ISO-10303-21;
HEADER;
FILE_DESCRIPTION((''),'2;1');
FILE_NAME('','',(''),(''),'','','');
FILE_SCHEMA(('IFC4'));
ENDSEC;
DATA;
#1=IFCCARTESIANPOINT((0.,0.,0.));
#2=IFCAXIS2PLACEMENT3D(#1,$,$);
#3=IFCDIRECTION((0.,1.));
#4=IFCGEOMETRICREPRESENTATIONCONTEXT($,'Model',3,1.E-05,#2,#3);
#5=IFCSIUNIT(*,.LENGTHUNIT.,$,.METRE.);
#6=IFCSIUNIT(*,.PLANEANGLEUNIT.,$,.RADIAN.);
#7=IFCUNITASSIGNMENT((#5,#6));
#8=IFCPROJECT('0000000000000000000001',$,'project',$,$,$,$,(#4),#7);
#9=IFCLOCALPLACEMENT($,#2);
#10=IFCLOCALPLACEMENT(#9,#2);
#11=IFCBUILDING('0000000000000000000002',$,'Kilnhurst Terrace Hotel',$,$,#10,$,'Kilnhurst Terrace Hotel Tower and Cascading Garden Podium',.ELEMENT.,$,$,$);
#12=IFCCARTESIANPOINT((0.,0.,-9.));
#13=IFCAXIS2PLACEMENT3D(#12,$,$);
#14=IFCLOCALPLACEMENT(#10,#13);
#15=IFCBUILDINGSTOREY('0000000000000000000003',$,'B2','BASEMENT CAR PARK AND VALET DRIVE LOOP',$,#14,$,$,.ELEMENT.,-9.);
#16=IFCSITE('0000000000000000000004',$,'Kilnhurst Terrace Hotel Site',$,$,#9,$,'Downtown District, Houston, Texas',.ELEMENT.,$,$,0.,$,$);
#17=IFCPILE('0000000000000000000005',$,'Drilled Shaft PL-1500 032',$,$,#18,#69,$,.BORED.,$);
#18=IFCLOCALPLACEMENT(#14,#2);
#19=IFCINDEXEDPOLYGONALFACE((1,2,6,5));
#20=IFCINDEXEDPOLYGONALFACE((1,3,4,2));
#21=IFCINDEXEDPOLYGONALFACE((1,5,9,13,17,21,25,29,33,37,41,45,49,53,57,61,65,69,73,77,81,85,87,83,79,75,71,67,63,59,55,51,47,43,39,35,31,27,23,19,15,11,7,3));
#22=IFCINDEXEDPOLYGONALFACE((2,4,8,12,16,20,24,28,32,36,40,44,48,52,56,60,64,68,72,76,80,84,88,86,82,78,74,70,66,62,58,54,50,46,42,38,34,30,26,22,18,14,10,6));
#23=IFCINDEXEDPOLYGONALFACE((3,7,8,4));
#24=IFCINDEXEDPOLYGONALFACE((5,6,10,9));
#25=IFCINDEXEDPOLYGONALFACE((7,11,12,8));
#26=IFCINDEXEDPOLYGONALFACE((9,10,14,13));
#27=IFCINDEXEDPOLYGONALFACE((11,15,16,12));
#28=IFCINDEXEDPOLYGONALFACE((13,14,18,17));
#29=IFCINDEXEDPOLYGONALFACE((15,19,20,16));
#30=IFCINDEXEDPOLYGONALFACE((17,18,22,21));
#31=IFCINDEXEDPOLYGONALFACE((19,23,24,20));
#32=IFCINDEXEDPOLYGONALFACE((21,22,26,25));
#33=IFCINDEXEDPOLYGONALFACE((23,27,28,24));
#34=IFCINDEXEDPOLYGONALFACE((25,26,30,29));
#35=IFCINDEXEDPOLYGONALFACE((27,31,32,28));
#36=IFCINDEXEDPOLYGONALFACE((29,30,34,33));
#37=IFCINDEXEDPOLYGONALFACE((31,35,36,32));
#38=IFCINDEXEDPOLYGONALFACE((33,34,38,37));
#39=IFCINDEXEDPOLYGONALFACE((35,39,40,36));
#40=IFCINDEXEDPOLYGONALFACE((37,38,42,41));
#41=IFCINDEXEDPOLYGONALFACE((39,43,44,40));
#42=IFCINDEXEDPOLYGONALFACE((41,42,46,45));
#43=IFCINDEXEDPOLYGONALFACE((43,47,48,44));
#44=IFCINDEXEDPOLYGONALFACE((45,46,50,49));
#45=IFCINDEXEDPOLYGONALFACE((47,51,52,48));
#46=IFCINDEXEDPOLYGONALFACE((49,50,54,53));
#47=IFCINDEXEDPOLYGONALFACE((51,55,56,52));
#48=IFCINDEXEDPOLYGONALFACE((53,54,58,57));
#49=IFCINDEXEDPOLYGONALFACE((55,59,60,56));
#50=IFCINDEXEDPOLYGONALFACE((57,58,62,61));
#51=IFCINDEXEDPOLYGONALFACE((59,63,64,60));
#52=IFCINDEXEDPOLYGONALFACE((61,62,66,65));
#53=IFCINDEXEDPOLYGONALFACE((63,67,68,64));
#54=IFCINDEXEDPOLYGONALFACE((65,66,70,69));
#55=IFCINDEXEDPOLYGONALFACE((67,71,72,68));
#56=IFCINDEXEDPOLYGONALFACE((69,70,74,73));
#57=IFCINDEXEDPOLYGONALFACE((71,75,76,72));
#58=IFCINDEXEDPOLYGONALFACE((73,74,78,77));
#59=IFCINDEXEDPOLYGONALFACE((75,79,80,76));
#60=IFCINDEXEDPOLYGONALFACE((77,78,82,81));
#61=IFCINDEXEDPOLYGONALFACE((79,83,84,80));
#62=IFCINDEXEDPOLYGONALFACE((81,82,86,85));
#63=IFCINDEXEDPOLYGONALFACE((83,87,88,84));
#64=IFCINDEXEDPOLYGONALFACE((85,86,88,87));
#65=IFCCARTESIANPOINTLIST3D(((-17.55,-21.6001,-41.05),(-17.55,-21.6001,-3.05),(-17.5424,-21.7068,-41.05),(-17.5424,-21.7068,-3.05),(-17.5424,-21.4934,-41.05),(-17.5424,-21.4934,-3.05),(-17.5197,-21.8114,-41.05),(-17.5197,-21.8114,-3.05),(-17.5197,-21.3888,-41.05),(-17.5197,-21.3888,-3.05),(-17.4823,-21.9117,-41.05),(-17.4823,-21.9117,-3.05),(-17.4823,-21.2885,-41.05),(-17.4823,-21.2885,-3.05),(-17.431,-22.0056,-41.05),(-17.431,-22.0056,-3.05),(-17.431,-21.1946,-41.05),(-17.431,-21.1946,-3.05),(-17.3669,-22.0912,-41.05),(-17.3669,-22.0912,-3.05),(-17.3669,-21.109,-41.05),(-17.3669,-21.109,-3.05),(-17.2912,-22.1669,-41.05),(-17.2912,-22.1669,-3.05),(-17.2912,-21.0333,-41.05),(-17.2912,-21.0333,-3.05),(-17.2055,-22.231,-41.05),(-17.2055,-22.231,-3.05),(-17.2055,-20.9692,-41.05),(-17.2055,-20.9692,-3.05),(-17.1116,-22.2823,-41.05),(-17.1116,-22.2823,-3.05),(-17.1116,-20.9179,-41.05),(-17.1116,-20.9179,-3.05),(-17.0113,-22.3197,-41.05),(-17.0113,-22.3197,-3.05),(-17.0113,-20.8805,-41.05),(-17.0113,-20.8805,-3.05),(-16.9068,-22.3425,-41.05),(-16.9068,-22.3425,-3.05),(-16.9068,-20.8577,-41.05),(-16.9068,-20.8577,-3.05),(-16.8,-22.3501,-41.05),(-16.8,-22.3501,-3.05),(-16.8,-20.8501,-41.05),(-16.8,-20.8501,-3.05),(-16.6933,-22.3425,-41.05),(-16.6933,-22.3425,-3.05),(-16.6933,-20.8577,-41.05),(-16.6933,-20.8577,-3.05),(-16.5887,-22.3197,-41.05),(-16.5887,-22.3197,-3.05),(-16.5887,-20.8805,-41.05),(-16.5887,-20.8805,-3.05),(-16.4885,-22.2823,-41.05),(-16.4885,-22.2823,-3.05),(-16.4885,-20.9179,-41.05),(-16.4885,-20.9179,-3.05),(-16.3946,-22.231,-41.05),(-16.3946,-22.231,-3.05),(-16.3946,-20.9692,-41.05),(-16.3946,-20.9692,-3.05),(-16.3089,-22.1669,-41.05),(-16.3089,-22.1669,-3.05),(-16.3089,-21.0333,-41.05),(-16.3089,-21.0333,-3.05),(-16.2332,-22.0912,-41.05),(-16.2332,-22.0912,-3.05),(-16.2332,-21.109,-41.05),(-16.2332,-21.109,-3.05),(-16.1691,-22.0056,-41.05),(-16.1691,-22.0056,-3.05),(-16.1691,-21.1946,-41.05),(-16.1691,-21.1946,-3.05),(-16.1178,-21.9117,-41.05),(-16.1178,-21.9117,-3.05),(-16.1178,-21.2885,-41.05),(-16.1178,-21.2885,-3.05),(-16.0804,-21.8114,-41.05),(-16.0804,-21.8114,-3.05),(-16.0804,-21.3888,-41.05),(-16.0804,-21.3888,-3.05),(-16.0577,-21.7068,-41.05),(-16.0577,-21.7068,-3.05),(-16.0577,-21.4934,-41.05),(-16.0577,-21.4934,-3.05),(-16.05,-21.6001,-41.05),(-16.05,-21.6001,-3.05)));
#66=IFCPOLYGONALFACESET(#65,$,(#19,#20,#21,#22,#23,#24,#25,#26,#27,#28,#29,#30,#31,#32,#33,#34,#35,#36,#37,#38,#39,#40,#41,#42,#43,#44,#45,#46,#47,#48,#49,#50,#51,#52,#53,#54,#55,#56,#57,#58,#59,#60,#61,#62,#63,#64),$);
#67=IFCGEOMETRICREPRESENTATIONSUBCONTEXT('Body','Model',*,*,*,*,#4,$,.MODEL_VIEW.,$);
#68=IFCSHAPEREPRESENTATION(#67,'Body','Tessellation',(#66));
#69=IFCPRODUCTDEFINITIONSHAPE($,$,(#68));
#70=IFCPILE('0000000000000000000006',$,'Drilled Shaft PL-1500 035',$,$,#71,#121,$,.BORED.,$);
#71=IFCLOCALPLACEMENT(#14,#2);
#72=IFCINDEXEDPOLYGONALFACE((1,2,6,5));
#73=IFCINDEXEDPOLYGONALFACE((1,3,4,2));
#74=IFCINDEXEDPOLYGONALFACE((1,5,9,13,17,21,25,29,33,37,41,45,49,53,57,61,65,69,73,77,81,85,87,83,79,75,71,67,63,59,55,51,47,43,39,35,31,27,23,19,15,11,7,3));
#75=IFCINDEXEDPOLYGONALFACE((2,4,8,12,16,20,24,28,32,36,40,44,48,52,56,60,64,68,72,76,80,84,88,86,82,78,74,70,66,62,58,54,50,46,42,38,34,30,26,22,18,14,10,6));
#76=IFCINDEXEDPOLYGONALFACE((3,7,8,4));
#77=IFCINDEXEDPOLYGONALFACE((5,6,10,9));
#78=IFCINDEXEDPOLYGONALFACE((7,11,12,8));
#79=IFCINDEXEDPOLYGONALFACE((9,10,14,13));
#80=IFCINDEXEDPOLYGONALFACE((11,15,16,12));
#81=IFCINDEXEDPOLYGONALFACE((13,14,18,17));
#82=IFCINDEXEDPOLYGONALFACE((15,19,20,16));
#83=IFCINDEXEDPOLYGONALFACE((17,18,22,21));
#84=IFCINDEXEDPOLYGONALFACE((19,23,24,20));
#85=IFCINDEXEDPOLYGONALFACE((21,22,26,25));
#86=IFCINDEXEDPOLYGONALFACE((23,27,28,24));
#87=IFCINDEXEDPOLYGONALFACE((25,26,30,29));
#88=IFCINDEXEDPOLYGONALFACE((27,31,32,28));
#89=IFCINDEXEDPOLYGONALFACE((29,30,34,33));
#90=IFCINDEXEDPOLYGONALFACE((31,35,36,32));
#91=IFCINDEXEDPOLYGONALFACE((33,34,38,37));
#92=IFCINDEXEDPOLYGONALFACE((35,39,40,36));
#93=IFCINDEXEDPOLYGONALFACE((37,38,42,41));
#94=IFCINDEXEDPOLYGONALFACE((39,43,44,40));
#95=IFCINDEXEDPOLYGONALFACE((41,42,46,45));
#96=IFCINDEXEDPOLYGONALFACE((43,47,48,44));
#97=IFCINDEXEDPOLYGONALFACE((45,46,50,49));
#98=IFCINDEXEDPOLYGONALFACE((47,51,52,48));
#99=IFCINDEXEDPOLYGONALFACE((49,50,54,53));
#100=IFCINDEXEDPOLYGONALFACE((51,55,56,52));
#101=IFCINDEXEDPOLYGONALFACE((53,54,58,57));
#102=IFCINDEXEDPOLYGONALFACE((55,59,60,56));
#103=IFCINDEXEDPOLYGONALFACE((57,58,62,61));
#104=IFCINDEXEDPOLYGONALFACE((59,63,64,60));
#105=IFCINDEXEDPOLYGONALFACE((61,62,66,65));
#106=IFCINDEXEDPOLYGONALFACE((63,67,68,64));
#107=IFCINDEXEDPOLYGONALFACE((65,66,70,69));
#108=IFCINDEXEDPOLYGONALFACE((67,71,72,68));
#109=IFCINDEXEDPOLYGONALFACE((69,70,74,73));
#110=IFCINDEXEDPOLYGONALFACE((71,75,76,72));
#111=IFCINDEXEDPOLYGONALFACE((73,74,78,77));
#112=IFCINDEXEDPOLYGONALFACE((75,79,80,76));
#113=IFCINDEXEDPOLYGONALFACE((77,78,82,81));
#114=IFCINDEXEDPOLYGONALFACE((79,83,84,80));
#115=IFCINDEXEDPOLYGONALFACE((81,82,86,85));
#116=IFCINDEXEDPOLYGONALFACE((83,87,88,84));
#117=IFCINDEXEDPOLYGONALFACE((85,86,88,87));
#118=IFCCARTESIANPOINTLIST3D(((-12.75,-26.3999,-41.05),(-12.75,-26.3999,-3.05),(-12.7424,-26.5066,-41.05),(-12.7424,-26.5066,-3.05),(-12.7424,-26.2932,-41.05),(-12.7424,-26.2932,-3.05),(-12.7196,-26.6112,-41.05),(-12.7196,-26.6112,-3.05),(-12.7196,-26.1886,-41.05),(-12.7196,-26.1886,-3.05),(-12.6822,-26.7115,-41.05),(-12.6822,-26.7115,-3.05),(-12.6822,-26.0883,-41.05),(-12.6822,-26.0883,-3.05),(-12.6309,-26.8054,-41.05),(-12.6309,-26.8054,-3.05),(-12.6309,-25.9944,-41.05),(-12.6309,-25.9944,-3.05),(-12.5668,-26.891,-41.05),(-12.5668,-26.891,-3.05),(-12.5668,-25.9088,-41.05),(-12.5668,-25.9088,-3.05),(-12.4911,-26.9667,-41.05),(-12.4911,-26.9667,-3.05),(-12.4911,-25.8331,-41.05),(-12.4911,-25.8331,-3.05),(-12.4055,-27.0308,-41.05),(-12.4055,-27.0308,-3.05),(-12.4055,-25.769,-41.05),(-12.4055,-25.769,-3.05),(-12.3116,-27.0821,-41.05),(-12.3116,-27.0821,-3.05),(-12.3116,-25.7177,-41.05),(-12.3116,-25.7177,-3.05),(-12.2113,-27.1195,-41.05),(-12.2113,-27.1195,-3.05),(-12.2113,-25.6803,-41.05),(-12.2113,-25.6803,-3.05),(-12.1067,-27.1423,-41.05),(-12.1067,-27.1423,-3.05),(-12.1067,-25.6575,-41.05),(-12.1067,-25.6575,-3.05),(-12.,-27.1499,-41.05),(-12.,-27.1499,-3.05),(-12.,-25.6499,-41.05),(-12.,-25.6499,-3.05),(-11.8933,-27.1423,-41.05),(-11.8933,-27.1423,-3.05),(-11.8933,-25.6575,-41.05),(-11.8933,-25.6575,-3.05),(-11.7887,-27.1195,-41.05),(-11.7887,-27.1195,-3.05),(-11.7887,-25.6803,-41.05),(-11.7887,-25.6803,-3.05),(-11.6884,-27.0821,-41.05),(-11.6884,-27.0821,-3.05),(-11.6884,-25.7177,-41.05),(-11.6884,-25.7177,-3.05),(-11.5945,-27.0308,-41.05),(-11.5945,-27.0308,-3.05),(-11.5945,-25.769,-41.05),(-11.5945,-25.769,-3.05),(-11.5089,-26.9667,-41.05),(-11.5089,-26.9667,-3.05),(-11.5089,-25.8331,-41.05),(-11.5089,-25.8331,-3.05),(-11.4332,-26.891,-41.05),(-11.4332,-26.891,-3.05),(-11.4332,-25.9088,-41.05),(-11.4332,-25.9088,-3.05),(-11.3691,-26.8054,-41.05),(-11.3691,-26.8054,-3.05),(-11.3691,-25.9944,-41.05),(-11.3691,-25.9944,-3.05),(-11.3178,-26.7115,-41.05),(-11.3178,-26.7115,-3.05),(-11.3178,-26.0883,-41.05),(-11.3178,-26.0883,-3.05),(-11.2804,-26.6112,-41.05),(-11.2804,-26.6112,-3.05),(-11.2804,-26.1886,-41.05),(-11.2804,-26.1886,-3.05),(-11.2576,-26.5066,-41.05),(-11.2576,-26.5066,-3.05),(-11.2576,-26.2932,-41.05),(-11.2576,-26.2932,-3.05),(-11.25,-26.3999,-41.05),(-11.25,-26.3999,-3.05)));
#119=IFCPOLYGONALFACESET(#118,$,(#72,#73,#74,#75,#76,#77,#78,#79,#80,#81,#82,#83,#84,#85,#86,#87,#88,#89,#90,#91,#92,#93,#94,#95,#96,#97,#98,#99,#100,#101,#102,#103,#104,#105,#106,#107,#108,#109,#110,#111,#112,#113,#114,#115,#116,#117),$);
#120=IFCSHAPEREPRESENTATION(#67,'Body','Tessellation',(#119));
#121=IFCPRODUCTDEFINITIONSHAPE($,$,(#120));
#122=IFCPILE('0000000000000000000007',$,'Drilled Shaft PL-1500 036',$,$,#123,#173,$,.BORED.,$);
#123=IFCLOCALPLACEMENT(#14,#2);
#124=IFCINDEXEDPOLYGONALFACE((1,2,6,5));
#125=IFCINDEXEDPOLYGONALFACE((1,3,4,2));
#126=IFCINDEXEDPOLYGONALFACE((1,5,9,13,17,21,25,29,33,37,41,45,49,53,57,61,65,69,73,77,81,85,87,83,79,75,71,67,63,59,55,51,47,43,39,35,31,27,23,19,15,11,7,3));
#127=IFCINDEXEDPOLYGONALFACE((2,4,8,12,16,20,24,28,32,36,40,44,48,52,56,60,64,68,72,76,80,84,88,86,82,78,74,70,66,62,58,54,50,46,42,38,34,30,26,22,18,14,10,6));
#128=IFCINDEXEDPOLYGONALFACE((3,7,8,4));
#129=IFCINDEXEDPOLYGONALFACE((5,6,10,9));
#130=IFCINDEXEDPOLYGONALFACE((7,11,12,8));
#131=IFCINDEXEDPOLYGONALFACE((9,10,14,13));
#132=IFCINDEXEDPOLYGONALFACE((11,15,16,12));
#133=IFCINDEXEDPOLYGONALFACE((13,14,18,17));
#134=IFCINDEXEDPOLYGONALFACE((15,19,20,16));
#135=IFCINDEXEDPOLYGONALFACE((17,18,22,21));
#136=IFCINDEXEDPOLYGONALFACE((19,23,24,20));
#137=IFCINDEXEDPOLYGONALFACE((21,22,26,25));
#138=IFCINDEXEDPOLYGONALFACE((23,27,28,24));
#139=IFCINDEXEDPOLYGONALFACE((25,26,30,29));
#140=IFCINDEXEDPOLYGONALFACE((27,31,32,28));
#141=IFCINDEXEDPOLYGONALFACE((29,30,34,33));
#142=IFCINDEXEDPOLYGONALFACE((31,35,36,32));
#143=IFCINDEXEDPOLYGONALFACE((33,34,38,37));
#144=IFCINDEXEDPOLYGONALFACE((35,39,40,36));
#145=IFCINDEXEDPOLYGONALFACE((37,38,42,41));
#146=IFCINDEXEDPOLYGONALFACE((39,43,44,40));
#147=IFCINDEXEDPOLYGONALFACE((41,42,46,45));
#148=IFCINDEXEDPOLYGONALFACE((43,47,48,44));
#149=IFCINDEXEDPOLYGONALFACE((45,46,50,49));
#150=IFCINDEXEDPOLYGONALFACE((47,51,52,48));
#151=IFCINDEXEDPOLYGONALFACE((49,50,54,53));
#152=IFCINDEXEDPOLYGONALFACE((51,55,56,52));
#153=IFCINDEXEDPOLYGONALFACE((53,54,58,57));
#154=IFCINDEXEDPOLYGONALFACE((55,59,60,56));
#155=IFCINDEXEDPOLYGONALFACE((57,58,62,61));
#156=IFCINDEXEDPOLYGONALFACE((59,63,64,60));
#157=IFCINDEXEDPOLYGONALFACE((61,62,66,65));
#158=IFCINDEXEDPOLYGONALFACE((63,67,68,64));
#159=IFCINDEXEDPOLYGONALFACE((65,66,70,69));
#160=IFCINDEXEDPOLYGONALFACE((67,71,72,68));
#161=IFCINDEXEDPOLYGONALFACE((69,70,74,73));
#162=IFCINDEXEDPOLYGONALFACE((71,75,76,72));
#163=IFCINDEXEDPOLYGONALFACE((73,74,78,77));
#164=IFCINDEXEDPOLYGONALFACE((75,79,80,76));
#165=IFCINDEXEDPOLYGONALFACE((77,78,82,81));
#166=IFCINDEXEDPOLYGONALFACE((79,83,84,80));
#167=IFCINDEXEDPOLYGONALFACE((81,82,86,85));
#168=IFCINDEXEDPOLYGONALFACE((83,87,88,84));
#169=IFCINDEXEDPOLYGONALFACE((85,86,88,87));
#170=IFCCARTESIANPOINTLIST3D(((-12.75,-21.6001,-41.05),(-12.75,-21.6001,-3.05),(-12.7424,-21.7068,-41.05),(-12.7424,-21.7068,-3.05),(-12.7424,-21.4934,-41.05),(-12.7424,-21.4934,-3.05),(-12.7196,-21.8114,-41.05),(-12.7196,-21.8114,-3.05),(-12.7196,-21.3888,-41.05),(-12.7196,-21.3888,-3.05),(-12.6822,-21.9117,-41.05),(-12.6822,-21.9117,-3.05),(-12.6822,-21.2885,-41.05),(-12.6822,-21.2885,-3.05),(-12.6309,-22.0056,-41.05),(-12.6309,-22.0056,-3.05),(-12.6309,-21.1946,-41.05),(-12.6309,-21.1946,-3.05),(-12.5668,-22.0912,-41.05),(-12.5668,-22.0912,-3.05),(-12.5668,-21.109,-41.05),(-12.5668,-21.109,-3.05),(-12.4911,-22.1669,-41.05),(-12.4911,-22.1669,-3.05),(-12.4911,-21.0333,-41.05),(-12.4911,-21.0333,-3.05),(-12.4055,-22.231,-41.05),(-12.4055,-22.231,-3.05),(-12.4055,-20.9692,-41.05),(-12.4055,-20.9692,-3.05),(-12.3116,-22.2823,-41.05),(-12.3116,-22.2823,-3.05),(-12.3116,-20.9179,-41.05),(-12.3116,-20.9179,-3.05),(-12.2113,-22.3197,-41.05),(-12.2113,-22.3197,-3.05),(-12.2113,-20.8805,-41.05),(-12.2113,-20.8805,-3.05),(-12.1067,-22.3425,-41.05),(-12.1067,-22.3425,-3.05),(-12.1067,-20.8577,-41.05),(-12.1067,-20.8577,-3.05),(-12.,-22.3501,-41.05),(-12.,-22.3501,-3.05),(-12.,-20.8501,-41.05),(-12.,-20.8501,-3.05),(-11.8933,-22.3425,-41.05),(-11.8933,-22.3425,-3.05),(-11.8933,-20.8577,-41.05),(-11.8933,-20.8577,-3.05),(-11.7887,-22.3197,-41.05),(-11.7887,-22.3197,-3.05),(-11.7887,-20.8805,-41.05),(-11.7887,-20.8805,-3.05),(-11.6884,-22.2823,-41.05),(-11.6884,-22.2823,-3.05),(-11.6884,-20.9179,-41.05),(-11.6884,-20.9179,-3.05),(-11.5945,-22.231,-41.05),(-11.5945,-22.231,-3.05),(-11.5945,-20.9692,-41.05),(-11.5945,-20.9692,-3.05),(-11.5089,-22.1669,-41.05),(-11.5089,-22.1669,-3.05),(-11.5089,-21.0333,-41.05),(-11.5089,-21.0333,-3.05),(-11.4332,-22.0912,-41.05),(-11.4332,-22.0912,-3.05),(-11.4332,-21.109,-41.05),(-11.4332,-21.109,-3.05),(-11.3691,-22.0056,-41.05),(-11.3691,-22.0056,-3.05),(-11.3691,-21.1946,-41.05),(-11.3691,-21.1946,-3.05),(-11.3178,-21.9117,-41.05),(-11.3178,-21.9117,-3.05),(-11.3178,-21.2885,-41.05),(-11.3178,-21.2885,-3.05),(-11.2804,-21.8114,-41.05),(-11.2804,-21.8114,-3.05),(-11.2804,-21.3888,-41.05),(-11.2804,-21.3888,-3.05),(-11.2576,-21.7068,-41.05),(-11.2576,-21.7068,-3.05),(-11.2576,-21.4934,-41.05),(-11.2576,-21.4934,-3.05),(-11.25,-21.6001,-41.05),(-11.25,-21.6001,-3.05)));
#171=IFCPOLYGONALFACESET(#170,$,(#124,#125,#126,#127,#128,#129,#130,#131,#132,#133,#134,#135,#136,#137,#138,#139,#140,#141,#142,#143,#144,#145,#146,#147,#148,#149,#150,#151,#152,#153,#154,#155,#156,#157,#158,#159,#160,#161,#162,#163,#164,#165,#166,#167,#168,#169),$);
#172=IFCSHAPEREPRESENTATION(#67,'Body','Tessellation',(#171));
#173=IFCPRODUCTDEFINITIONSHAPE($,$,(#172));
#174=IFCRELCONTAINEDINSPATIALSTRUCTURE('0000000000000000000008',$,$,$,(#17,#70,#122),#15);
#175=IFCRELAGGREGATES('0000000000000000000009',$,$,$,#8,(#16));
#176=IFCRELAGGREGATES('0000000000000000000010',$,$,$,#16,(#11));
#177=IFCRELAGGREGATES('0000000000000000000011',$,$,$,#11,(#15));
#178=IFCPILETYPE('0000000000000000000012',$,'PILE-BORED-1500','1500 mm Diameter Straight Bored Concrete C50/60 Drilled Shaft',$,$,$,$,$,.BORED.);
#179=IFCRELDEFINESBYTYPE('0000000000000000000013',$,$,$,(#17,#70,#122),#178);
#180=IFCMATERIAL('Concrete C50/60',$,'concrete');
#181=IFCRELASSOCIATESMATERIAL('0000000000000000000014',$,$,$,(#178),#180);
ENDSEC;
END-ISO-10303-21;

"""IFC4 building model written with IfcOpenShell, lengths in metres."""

from ifc_helpers import new_model, si_unit, direction, frame, origin, origin_2d, place, context, subcontext, project, spatial, circle, extrude, material, material_profile, profile_set, type_object, element, save


model = new_model("IFC4")

# Units and contexts
model_context = context("Model", 3, precision=1e-05, world=origin(), true_north=direction((0.0, 1.0)))
body_context = subcontext(model_context, "Body", "Model", "MODEL_VIEW")
ifc_project = project(units=[si_unit("LENGTHUNIT", "METRE"), si_unit("PLANEANGLEUNIT", "RADIAN")], contexts=[model_context])

# Site, building, storey
site_placement = place(None, origin())
site = spatial("IfcSite", under=ifc_project, at=site_placement, Name="Kilnhurst Terrace Hotel Site", LongName="Downtown District, Houston, Texas", CompositionType="ELEMENT", RefElevation=0.0)
building_placement = place(site_placement, origin())
building = spatial("IfcBuilding", under=site, at=building_placement, Name="Kilnhurst Terrace Hotel", LongName="Kilnhurst Terrace Hotel Tower and Cascading Garden Podium", CompositionType="ELEMENT")
storey_placement = place(building_placement, frame((0.0, 0.0, -9.0)))
storey = spatial("IfcBuildingStorey", under=building, at=storey_placement, Name="B2", Description="BASEMENT CAR PARK AND VALET DRIVE LOOP", CompositionType="ELEMENT", Elevation=-9.0)

# Piles
ifc_material_1 = material(Name="Concrete C50/60", Category="concrete")
ifc_material_profile_1 = material_profile(ifc_material_1, circle(Radius=0.75, at=origin_2d()), Name="PILE1500")
ifc_profile_set_1 = profile_set([ifc_material_profile_1], Name="Concrete C50/60")
pile_type_1 = type_object("IfcPileType", Name="PILE-BORED-1500", Description="1500 mm Diameter Straight Bored Concrete C50/60 Drilled Shaft", PredefinedType="BORED", material=ifc_profile_set_1)
for number, where, z_axis, x_axis, name in (
    (1, (-16.8, -21.6001, -3.05), (0.0, 0.0, -1.0), (1.0, 0.0, 0.0), "Drilled Shaft PL-1500 032"),
    (2, (-12.0, -26.3999, -3.05), (0.0, 0.0, -1.0), (1.0, 0.0, 0.0), "Drilled Shaft PL-1500 035"),
    (3, (-12.0, -21.6001, -3.05), (0.0, 0.0, -1.0), (1.0, 0.0, 0.0), "Drilled Shaft PL-1500 036"),
):
    element("IfcPile", number, at=place(storey_placement, frame(where, z_axis=z_axis, x_axis=x_axis)), inside=storey, type_object=pile_type_1, Name=name, PredefinedType="BORED", context=body_context, shape_type="SweptSolid", body=[
        extrude(circle(Radius=0.75, at=origin_2d()), origin(), (0.0, 0.0, 1.0), 38.0),
    ])

save(model, "model.ifc")
